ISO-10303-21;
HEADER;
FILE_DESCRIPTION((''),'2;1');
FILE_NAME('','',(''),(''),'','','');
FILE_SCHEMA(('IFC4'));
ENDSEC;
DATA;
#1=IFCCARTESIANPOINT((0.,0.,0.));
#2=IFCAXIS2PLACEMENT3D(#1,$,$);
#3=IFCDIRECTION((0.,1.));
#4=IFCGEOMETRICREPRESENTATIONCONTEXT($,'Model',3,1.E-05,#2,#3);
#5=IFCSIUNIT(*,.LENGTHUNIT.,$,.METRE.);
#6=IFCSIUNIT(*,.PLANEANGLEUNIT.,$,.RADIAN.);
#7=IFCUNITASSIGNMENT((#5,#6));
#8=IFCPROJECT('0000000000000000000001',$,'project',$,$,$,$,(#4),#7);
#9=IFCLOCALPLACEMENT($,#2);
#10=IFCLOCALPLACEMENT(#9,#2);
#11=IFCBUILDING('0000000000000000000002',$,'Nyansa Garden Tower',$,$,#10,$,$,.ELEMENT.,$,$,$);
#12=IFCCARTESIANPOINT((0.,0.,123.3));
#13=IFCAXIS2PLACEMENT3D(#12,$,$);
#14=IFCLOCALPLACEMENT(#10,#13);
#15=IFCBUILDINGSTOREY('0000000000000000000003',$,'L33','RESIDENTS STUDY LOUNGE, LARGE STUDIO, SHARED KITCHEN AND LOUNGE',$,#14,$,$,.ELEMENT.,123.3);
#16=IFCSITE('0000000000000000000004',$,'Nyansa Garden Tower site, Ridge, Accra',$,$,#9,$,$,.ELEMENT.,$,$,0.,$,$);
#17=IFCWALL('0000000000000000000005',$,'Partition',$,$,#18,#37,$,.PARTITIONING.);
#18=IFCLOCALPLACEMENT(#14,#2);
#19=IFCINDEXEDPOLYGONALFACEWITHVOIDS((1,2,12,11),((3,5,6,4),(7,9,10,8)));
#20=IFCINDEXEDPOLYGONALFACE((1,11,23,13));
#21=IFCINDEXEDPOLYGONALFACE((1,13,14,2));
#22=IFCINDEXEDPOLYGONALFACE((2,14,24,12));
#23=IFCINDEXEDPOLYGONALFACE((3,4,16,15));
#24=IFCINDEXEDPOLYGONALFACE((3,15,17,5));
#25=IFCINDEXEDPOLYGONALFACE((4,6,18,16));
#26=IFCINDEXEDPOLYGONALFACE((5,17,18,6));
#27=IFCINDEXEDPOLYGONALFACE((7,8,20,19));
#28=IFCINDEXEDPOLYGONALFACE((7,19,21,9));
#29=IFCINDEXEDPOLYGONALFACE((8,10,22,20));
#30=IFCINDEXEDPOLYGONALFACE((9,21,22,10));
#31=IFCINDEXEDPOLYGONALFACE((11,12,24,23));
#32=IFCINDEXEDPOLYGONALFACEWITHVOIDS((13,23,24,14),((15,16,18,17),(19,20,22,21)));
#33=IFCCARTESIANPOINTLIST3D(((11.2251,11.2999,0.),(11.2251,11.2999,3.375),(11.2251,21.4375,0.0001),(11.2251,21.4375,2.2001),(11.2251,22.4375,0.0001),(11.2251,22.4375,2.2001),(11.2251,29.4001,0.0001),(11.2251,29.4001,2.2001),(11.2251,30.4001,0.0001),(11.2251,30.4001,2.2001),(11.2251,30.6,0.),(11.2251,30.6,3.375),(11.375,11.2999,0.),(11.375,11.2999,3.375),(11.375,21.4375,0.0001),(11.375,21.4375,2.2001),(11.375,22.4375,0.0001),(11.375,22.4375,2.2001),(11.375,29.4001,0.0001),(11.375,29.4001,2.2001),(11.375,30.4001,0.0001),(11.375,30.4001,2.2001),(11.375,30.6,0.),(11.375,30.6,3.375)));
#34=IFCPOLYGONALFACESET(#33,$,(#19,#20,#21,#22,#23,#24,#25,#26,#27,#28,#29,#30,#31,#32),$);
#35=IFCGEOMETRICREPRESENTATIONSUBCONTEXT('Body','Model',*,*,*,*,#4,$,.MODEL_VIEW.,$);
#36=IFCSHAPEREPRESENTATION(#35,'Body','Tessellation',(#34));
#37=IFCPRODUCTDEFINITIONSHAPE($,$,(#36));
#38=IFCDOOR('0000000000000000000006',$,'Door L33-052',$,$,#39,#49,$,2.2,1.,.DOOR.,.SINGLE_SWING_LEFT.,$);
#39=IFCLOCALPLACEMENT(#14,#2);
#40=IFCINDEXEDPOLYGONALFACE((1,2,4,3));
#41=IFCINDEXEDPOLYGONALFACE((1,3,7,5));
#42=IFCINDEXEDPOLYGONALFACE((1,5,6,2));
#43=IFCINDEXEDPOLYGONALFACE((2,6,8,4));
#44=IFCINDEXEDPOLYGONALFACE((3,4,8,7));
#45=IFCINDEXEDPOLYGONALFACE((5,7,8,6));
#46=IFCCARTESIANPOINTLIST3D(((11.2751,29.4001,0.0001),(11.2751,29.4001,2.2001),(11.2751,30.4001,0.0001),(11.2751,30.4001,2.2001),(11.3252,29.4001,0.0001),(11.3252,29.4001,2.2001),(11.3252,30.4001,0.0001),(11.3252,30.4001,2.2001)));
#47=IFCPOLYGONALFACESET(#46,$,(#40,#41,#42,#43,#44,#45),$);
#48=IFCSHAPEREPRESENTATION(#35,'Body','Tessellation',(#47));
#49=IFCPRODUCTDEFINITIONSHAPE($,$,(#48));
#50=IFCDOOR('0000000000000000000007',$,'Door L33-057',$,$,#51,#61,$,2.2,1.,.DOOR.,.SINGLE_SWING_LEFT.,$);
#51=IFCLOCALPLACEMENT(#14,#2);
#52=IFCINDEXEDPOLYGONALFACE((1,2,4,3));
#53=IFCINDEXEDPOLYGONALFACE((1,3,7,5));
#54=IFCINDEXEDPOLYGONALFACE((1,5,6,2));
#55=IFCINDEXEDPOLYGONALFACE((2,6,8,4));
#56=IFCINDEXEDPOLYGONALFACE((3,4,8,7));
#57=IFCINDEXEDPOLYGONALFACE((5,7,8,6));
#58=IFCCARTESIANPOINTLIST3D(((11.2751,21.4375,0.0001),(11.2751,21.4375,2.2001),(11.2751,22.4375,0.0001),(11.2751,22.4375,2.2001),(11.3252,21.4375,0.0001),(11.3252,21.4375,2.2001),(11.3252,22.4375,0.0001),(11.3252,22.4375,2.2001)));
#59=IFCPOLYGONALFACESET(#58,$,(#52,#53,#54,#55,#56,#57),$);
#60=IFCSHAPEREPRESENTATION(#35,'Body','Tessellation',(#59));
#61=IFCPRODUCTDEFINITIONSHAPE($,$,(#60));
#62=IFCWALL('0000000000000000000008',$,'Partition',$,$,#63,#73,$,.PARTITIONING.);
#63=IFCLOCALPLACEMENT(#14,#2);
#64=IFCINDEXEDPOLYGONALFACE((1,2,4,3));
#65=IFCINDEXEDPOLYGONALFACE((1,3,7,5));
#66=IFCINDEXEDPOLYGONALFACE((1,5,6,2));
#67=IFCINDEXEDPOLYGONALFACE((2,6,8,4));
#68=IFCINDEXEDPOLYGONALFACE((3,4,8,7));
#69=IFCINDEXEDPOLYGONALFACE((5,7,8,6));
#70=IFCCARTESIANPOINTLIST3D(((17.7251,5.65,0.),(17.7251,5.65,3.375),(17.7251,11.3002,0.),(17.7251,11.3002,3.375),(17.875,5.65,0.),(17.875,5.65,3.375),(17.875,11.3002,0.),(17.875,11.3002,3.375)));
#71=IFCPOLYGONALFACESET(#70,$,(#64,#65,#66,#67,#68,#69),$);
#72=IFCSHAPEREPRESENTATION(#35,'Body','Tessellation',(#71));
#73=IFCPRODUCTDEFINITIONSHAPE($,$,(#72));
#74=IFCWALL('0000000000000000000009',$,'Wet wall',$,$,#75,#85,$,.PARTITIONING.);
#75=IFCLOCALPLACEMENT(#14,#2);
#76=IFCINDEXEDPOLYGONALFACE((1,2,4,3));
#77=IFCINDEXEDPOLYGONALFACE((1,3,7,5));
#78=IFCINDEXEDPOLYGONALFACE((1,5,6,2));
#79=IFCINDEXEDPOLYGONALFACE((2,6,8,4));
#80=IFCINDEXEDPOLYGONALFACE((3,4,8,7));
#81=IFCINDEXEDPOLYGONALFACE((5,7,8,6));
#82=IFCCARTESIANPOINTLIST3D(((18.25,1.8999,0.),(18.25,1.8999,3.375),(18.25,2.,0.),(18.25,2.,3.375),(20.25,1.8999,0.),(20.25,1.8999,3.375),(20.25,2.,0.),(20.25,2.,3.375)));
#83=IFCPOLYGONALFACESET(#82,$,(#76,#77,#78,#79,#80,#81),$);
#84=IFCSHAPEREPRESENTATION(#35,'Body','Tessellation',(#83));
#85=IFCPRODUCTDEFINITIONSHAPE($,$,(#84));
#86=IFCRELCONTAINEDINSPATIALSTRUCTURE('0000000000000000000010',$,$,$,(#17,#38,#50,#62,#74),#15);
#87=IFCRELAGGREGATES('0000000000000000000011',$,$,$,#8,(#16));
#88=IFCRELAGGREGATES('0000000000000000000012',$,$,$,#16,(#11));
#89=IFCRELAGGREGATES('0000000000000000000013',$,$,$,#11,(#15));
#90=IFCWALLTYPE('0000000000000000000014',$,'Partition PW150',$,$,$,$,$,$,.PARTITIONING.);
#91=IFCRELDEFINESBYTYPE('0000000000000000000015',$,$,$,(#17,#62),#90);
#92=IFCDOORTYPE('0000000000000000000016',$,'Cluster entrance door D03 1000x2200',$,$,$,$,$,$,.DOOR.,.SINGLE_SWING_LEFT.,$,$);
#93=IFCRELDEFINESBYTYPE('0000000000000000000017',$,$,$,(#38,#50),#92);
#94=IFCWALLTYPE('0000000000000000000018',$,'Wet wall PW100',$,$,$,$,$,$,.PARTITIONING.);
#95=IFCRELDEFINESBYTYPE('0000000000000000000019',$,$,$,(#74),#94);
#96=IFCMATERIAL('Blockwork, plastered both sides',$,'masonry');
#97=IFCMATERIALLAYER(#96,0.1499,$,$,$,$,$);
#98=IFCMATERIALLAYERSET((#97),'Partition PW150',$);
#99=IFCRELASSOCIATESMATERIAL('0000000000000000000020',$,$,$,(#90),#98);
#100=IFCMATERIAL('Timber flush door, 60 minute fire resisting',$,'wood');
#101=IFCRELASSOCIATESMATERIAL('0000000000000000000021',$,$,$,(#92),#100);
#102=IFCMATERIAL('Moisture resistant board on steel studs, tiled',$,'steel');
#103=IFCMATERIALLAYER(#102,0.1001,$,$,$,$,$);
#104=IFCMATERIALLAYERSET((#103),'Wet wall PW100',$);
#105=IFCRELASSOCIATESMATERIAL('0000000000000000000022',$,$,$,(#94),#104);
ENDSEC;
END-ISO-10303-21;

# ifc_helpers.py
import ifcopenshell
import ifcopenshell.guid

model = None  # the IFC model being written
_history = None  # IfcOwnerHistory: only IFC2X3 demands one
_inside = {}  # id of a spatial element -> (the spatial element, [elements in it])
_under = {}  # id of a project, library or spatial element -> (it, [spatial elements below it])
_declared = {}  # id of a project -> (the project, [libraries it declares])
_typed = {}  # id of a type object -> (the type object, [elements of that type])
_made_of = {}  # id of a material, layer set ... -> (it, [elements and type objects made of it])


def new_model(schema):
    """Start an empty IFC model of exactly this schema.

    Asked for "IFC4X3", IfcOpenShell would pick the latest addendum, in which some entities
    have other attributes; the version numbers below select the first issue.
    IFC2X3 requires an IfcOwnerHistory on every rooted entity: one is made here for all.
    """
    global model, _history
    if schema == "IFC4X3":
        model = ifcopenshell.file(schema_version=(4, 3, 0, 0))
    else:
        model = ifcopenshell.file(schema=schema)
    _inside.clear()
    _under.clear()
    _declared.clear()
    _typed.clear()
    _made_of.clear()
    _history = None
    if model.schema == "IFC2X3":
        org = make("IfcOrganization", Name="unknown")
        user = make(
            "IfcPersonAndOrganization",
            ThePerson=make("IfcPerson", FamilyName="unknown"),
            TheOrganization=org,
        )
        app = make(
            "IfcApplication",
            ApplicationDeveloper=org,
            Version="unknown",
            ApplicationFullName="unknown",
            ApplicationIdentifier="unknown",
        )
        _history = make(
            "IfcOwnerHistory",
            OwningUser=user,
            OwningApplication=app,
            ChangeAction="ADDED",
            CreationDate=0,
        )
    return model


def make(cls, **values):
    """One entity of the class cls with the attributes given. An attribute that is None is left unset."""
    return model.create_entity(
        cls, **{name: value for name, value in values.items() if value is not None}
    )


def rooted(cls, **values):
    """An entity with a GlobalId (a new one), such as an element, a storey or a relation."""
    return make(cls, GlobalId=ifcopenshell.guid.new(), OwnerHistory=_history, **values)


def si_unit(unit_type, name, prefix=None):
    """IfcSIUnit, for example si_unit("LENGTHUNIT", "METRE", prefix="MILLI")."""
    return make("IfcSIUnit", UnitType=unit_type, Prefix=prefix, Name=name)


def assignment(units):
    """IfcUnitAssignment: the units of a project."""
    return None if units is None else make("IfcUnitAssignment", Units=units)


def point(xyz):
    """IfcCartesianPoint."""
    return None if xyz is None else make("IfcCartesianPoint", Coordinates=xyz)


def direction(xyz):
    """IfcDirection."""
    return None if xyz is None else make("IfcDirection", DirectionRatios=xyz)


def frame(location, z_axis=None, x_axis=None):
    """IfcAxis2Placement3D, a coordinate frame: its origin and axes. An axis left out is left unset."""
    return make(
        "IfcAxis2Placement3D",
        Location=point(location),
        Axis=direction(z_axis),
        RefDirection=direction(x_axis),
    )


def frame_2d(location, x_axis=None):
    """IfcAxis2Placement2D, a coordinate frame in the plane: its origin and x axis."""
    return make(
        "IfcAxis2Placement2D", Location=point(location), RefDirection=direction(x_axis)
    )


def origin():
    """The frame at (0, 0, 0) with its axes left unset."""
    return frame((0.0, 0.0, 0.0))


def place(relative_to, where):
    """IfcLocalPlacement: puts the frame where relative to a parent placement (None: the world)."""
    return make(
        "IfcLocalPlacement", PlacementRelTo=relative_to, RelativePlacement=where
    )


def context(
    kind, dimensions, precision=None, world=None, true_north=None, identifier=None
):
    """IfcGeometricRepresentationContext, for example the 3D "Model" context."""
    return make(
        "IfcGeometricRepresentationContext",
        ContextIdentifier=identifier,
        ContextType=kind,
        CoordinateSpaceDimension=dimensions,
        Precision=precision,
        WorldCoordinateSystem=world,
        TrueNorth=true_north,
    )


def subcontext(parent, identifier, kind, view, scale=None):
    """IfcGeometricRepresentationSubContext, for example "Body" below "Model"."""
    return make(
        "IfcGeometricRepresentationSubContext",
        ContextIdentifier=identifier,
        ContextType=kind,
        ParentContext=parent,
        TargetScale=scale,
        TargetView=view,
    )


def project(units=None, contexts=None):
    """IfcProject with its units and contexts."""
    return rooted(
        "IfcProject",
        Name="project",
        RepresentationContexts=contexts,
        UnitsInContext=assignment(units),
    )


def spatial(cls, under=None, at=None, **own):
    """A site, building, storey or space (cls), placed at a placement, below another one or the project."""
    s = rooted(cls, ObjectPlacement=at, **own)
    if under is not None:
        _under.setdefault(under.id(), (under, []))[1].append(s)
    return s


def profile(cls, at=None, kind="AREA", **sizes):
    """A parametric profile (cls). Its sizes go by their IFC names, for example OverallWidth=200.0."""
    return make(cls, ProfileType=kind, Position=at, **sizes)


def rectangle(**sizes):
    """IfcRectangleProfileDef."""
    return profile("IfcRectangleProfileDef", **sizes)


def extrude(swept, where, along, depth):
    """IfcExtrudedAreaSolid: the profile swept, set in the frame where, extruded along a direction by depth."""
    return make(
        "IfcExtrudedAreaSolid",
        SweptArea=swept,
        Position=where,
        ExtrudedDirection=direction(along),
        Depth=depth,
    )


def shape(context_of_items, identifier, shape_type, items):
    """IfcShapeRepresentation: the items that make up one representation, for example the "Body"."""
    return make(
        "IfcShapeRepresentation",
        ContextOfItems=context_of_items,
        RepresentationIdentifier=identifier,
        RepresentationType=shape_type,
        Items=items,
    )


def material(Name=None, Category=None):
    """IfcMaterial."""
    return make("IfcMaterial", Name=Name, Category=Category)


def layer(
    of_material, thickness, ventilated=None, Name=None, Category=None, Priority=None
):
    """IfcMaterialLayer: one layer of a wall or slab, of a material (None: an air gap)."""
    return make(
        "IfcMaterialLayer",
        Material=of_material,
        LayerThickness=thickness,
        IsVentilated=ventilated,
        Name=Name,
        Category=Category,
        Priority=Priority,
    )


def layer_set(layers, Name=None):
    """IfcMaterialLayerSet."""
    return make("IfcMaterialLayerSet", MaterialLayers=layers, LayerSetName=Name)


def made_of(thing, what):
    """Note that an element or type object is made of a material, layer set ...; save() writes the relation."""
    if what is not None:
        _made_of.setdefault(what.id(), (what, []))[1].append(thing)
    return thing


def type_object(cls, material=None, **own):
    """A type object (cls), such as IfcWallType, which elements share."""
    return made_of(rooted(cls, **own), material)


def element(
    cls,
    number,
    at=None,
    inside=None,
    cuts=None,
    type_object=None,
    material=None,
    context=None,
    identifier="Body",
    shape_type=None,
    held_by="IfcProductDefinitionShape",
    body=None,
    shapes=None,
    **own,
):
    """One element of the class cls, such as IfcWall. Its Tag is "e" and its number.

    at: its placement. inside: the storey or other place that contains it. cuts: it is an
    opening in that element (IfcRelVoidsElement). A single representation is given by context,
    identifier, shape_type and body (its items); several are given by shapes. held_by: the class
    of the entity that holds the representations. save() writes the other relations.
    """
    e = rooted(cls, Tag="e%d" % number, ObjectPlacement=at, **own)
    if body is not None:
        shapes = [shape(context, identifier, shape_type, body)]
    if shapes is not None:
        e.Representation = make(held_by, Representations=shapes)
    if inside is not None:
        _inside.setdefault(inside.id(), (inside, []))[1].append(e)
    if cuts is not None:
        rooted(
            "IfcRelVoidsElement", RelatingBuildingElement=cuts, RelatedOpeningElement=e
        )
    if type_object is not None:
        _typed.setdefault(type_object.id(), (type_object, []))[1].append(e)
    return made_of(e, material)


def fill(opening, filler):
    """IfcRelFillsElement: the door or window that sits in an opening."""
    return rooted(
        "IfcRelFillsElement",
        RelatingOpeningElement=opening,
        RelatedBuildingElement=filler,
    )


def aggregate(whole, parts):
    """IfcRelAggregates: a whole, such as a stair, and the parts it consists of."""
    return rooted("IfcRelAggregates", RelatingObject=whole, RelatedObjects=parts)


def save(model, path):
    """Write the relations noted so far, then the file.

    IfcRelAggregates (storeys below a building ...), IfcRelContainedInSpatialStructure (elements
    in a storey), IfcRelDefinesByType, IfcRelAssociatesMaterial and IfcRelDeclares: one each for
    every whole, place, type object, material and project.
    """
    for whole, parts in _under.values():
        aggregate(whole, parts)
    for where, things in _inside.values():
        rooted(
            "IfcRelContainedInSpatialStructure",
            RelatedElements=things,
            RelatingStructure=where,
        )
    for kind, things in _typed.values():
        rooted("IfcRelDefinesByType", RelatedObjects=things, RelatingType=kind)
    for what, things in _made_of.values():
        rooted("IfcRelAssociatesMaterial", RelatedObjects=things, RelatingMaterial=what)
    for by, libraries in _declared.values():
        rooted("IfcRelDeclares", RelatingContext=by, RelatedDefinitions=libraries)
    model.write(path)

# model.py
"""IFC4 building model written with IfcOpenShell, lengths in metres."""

from ifc_helpers import new_model, si_unit, direction, frame, frame_2d, origin, place, context, subcontext, project, spatial, rectangle, extrude, material, layer, layer_set, type_object, element, fill, save


model = new_model("IFC4")

# Units and contexts
model_context = context("Model", 3, precision=1e-05, world=origin(), true_north=direction((0.0, 1.0)))
body_context = subcontext(model_context, "Body", "Model", "MODEL_VIEW")
ifc_project = project(units=[si_unit("LENGTHUNIT", "METRE"), si_unit("PLANEANGLEUNIT", "RADIAN")], contexts=[model_context])

# Site, building, storey
site_placement = place(None, origin())
site = spatial("IfcSite", under=ifc_project, at=site_placement, Name="Nyansa Garden Tower site, Ridge, Accra", CompositionType="ELEMENT", RefElevation=0.0)
building_placement = place(site_placement, origin())
building = spatial("IfcBuilding", under=site, at=building_placement, Name="Nyansa Garden Tower", CompositionType="ELEMENT")
storey_placement = place(building_placement, frame((0.0, 0.0, 123.3)))
storey = spatial("IfcBuildingStorey", under=building, at=storey_placement, Name="L33", Description="RESIDENTS STUDY LOUNGE, LARGE STUDIO, SHARED KITCHEN AND LOUNGE", CompositionType="ELEMENT", Elevation=123.3)

# Wall, openings, doors
ifc_material_1 = material(Name="Blockwork, plastered both sides", Category="masonry")
ifc_layer_1 = layer(ifc_material_1, 0.1499)
ifc_layer_set_1 = layer_set([ifc_layer_1], Name="Partition PW150")
wall_type_1 = type_object("IfcWallType", Name="Partition PW150", PredefinedType="PARTITIONING", material=ifc_layer_set_1)
wall_1_placement = place(storey_placement, frame((11.3, 11.3, 0.0), z_axis=(0.0, 0.0, 1.0), x_axis=(0.0, 1.0, 0.0)))
wall_1 = element("IfcWall", 1, at=wall_1_placement, inside=storey, type_object=wall_type_1, Name="Partition", PredefinedType="PARTITIONING", context=body_context, shape_type="SweptSolid", body=[
    extrude(rectangle(XDim=19.3, YDim=0.1499, at=frame_2d((9.6499, 0.0))), origin(), (0.0, 0.0, 1.0), 3.375),
])
opening_1_placement = place(wall_1_placement, frame((18.1001, 0.0, 0.0)))
opening_1 = element("IfcOpeningElement", 2, at=opening_1_placement, cuts=wall_1, PredefinedType="OPENING", context=body_context, shape_type="SweptSolid", body=[
    extrude(rectangle(XDim=1.0, YDim=2.2, at=frame_2d((0.5, 1.1001))), frame((0.0, 0.085, 0.0), z_axis=(0.0, -1.0, 0.0), x_axis=(1.0, 0.0, 0.0)), (0.0, 0.0, 1.0), 0.1699),
])
opening_2_placement = place(wall_1_placement, frame((10.1375, 0.0, 0.0)))
opening_2 = element("IfcOpeningElement", 3, at=opening_2_placement, cuts=wall_1, PredefinedType="OPENING", context=body_context, shape_type="SweptSolid", body=[
    extrude(rectangle(XDim=1.0, YDim=2.2, at=frame_2d((0.5, 1.1001))), frame((0.0, 0.085, 0.0), z_axis=(0.0, -1.0, 0.0), x_axis=(1.0, 0.0, 0.0)), (0.0, 0.0, 1.0), 0.1699),
])
ifc_material_2 = material(Name="Timber flush door, 60 minute fire resisting", Category="wood")
door_type = type_object("IfcDoorType", Name="Cluster entrance door D03 1000x2200", OperationType="SINGLE_SWING_LEFT", PredefinedType="DOOR", material=ifc_material_2)
door_1_placement = place(opening_1_placement, origin())
door_1 = element("IfcDoor", 4, at=door_1_placement, inside=storey, type_object=door_type, Name="Door L33-052", OperationType="SINGLE_SWING_LEFT", OverallHeight=2.2, OverallWidth=1.0, PredefinedType="DOOR", context=body_context, shape_type="SweptSolid", body=[
    extrude(rectangle(XDim=1.0, YDim=2.2, at=frame_2d((0.5, 1.1001))), frame((0.0, 0.0249, 0.0), z_axis=(0.0, -1.0, 0.0), x_axis=(1.0, 0.0, 0.0)), (0.0, 0.0, 1.0), 0.05),
])
fill(opening_1, door_1)
door_2_placement = place(opening_2_placement, origin())
door_2 = element("IfcDoor", 5, at=door_2_placement, inside=storey, type_object=door_type, Name="Door L33-057", OperationType="SINGLE_SWING_LEFT", OverallHeight=2.2, OverallWidth=1.0, PredefinedType="DOOR", context=body_context, shape_type="SweptSolid", body=[
    extrude(rectangle(XDim=1.0, YDim=2.2, at=frame_2d((0.5, 1.1001))), frame((0.0, 0.0249, 0.0), z_axis=(0.0, -1.0, 0.0), x_axis=(1.0, 0.0, 0.0)), (0.0, 0.0, 1.0), 0.05),
])
fill(opening_2, door_2)

# Walls
wall_2_placement = place(storey_placement, frame((17.8, 5.6499, 0.0), z_axis=(0.0, 0.0, 1.0), x_axis=(0.0, 1.0, 0.0)))
element("IfcWall", 6, at=wall_2_placement, inside=storey, type_object=wall_type_1, Name="Partition", PredefinedType="PARTITIONING", context=body_context, shape_type="SweptSolid", body=[
    extrude(rectangle(XDim=5.6501, YDim=0.1499, at=frame_2d((2.8252, 0.0))), origin(), (0.0, 0.0, 1.0), 3.375),
])
ifc_material_3 = material(Name="Moisture resistant board on steel studs, tiled", Category="steel")
ifc_layer_2 = layer(ifc_material_3, 0.1001)
ifc_layer_set_2 = layer_set([ifc_layer_2], Name="Wet wall PW100")
wall_type_2 = type_object("IfcWallType", Name="Wet wall PW100", PredefinedType="PARTITIONING", material=ifc_layer_set_2)
wall_3_placement = place(storey_placement, frame((18.25, 1.95, 0.0), z_axis=(0.0, 0.0, 1.0), x_axis=(1.0, 0.0, 0.0)))
element("IfcWall", 7, at=wall_3_placement, inside=storey, type_object=wall_type_2, Name="Wet wall", PredefinedType="PARTITIONING", context=body_context, shape_type="SweptSolid", body=[
    extrude(rectangle(XDim=2.0, YDim=0.1001, at=frame_2d((1.0, 0.0))), origin(), (0.0, 0.0, 1.0), 3.375),
])

save(model, "model.ifc")
